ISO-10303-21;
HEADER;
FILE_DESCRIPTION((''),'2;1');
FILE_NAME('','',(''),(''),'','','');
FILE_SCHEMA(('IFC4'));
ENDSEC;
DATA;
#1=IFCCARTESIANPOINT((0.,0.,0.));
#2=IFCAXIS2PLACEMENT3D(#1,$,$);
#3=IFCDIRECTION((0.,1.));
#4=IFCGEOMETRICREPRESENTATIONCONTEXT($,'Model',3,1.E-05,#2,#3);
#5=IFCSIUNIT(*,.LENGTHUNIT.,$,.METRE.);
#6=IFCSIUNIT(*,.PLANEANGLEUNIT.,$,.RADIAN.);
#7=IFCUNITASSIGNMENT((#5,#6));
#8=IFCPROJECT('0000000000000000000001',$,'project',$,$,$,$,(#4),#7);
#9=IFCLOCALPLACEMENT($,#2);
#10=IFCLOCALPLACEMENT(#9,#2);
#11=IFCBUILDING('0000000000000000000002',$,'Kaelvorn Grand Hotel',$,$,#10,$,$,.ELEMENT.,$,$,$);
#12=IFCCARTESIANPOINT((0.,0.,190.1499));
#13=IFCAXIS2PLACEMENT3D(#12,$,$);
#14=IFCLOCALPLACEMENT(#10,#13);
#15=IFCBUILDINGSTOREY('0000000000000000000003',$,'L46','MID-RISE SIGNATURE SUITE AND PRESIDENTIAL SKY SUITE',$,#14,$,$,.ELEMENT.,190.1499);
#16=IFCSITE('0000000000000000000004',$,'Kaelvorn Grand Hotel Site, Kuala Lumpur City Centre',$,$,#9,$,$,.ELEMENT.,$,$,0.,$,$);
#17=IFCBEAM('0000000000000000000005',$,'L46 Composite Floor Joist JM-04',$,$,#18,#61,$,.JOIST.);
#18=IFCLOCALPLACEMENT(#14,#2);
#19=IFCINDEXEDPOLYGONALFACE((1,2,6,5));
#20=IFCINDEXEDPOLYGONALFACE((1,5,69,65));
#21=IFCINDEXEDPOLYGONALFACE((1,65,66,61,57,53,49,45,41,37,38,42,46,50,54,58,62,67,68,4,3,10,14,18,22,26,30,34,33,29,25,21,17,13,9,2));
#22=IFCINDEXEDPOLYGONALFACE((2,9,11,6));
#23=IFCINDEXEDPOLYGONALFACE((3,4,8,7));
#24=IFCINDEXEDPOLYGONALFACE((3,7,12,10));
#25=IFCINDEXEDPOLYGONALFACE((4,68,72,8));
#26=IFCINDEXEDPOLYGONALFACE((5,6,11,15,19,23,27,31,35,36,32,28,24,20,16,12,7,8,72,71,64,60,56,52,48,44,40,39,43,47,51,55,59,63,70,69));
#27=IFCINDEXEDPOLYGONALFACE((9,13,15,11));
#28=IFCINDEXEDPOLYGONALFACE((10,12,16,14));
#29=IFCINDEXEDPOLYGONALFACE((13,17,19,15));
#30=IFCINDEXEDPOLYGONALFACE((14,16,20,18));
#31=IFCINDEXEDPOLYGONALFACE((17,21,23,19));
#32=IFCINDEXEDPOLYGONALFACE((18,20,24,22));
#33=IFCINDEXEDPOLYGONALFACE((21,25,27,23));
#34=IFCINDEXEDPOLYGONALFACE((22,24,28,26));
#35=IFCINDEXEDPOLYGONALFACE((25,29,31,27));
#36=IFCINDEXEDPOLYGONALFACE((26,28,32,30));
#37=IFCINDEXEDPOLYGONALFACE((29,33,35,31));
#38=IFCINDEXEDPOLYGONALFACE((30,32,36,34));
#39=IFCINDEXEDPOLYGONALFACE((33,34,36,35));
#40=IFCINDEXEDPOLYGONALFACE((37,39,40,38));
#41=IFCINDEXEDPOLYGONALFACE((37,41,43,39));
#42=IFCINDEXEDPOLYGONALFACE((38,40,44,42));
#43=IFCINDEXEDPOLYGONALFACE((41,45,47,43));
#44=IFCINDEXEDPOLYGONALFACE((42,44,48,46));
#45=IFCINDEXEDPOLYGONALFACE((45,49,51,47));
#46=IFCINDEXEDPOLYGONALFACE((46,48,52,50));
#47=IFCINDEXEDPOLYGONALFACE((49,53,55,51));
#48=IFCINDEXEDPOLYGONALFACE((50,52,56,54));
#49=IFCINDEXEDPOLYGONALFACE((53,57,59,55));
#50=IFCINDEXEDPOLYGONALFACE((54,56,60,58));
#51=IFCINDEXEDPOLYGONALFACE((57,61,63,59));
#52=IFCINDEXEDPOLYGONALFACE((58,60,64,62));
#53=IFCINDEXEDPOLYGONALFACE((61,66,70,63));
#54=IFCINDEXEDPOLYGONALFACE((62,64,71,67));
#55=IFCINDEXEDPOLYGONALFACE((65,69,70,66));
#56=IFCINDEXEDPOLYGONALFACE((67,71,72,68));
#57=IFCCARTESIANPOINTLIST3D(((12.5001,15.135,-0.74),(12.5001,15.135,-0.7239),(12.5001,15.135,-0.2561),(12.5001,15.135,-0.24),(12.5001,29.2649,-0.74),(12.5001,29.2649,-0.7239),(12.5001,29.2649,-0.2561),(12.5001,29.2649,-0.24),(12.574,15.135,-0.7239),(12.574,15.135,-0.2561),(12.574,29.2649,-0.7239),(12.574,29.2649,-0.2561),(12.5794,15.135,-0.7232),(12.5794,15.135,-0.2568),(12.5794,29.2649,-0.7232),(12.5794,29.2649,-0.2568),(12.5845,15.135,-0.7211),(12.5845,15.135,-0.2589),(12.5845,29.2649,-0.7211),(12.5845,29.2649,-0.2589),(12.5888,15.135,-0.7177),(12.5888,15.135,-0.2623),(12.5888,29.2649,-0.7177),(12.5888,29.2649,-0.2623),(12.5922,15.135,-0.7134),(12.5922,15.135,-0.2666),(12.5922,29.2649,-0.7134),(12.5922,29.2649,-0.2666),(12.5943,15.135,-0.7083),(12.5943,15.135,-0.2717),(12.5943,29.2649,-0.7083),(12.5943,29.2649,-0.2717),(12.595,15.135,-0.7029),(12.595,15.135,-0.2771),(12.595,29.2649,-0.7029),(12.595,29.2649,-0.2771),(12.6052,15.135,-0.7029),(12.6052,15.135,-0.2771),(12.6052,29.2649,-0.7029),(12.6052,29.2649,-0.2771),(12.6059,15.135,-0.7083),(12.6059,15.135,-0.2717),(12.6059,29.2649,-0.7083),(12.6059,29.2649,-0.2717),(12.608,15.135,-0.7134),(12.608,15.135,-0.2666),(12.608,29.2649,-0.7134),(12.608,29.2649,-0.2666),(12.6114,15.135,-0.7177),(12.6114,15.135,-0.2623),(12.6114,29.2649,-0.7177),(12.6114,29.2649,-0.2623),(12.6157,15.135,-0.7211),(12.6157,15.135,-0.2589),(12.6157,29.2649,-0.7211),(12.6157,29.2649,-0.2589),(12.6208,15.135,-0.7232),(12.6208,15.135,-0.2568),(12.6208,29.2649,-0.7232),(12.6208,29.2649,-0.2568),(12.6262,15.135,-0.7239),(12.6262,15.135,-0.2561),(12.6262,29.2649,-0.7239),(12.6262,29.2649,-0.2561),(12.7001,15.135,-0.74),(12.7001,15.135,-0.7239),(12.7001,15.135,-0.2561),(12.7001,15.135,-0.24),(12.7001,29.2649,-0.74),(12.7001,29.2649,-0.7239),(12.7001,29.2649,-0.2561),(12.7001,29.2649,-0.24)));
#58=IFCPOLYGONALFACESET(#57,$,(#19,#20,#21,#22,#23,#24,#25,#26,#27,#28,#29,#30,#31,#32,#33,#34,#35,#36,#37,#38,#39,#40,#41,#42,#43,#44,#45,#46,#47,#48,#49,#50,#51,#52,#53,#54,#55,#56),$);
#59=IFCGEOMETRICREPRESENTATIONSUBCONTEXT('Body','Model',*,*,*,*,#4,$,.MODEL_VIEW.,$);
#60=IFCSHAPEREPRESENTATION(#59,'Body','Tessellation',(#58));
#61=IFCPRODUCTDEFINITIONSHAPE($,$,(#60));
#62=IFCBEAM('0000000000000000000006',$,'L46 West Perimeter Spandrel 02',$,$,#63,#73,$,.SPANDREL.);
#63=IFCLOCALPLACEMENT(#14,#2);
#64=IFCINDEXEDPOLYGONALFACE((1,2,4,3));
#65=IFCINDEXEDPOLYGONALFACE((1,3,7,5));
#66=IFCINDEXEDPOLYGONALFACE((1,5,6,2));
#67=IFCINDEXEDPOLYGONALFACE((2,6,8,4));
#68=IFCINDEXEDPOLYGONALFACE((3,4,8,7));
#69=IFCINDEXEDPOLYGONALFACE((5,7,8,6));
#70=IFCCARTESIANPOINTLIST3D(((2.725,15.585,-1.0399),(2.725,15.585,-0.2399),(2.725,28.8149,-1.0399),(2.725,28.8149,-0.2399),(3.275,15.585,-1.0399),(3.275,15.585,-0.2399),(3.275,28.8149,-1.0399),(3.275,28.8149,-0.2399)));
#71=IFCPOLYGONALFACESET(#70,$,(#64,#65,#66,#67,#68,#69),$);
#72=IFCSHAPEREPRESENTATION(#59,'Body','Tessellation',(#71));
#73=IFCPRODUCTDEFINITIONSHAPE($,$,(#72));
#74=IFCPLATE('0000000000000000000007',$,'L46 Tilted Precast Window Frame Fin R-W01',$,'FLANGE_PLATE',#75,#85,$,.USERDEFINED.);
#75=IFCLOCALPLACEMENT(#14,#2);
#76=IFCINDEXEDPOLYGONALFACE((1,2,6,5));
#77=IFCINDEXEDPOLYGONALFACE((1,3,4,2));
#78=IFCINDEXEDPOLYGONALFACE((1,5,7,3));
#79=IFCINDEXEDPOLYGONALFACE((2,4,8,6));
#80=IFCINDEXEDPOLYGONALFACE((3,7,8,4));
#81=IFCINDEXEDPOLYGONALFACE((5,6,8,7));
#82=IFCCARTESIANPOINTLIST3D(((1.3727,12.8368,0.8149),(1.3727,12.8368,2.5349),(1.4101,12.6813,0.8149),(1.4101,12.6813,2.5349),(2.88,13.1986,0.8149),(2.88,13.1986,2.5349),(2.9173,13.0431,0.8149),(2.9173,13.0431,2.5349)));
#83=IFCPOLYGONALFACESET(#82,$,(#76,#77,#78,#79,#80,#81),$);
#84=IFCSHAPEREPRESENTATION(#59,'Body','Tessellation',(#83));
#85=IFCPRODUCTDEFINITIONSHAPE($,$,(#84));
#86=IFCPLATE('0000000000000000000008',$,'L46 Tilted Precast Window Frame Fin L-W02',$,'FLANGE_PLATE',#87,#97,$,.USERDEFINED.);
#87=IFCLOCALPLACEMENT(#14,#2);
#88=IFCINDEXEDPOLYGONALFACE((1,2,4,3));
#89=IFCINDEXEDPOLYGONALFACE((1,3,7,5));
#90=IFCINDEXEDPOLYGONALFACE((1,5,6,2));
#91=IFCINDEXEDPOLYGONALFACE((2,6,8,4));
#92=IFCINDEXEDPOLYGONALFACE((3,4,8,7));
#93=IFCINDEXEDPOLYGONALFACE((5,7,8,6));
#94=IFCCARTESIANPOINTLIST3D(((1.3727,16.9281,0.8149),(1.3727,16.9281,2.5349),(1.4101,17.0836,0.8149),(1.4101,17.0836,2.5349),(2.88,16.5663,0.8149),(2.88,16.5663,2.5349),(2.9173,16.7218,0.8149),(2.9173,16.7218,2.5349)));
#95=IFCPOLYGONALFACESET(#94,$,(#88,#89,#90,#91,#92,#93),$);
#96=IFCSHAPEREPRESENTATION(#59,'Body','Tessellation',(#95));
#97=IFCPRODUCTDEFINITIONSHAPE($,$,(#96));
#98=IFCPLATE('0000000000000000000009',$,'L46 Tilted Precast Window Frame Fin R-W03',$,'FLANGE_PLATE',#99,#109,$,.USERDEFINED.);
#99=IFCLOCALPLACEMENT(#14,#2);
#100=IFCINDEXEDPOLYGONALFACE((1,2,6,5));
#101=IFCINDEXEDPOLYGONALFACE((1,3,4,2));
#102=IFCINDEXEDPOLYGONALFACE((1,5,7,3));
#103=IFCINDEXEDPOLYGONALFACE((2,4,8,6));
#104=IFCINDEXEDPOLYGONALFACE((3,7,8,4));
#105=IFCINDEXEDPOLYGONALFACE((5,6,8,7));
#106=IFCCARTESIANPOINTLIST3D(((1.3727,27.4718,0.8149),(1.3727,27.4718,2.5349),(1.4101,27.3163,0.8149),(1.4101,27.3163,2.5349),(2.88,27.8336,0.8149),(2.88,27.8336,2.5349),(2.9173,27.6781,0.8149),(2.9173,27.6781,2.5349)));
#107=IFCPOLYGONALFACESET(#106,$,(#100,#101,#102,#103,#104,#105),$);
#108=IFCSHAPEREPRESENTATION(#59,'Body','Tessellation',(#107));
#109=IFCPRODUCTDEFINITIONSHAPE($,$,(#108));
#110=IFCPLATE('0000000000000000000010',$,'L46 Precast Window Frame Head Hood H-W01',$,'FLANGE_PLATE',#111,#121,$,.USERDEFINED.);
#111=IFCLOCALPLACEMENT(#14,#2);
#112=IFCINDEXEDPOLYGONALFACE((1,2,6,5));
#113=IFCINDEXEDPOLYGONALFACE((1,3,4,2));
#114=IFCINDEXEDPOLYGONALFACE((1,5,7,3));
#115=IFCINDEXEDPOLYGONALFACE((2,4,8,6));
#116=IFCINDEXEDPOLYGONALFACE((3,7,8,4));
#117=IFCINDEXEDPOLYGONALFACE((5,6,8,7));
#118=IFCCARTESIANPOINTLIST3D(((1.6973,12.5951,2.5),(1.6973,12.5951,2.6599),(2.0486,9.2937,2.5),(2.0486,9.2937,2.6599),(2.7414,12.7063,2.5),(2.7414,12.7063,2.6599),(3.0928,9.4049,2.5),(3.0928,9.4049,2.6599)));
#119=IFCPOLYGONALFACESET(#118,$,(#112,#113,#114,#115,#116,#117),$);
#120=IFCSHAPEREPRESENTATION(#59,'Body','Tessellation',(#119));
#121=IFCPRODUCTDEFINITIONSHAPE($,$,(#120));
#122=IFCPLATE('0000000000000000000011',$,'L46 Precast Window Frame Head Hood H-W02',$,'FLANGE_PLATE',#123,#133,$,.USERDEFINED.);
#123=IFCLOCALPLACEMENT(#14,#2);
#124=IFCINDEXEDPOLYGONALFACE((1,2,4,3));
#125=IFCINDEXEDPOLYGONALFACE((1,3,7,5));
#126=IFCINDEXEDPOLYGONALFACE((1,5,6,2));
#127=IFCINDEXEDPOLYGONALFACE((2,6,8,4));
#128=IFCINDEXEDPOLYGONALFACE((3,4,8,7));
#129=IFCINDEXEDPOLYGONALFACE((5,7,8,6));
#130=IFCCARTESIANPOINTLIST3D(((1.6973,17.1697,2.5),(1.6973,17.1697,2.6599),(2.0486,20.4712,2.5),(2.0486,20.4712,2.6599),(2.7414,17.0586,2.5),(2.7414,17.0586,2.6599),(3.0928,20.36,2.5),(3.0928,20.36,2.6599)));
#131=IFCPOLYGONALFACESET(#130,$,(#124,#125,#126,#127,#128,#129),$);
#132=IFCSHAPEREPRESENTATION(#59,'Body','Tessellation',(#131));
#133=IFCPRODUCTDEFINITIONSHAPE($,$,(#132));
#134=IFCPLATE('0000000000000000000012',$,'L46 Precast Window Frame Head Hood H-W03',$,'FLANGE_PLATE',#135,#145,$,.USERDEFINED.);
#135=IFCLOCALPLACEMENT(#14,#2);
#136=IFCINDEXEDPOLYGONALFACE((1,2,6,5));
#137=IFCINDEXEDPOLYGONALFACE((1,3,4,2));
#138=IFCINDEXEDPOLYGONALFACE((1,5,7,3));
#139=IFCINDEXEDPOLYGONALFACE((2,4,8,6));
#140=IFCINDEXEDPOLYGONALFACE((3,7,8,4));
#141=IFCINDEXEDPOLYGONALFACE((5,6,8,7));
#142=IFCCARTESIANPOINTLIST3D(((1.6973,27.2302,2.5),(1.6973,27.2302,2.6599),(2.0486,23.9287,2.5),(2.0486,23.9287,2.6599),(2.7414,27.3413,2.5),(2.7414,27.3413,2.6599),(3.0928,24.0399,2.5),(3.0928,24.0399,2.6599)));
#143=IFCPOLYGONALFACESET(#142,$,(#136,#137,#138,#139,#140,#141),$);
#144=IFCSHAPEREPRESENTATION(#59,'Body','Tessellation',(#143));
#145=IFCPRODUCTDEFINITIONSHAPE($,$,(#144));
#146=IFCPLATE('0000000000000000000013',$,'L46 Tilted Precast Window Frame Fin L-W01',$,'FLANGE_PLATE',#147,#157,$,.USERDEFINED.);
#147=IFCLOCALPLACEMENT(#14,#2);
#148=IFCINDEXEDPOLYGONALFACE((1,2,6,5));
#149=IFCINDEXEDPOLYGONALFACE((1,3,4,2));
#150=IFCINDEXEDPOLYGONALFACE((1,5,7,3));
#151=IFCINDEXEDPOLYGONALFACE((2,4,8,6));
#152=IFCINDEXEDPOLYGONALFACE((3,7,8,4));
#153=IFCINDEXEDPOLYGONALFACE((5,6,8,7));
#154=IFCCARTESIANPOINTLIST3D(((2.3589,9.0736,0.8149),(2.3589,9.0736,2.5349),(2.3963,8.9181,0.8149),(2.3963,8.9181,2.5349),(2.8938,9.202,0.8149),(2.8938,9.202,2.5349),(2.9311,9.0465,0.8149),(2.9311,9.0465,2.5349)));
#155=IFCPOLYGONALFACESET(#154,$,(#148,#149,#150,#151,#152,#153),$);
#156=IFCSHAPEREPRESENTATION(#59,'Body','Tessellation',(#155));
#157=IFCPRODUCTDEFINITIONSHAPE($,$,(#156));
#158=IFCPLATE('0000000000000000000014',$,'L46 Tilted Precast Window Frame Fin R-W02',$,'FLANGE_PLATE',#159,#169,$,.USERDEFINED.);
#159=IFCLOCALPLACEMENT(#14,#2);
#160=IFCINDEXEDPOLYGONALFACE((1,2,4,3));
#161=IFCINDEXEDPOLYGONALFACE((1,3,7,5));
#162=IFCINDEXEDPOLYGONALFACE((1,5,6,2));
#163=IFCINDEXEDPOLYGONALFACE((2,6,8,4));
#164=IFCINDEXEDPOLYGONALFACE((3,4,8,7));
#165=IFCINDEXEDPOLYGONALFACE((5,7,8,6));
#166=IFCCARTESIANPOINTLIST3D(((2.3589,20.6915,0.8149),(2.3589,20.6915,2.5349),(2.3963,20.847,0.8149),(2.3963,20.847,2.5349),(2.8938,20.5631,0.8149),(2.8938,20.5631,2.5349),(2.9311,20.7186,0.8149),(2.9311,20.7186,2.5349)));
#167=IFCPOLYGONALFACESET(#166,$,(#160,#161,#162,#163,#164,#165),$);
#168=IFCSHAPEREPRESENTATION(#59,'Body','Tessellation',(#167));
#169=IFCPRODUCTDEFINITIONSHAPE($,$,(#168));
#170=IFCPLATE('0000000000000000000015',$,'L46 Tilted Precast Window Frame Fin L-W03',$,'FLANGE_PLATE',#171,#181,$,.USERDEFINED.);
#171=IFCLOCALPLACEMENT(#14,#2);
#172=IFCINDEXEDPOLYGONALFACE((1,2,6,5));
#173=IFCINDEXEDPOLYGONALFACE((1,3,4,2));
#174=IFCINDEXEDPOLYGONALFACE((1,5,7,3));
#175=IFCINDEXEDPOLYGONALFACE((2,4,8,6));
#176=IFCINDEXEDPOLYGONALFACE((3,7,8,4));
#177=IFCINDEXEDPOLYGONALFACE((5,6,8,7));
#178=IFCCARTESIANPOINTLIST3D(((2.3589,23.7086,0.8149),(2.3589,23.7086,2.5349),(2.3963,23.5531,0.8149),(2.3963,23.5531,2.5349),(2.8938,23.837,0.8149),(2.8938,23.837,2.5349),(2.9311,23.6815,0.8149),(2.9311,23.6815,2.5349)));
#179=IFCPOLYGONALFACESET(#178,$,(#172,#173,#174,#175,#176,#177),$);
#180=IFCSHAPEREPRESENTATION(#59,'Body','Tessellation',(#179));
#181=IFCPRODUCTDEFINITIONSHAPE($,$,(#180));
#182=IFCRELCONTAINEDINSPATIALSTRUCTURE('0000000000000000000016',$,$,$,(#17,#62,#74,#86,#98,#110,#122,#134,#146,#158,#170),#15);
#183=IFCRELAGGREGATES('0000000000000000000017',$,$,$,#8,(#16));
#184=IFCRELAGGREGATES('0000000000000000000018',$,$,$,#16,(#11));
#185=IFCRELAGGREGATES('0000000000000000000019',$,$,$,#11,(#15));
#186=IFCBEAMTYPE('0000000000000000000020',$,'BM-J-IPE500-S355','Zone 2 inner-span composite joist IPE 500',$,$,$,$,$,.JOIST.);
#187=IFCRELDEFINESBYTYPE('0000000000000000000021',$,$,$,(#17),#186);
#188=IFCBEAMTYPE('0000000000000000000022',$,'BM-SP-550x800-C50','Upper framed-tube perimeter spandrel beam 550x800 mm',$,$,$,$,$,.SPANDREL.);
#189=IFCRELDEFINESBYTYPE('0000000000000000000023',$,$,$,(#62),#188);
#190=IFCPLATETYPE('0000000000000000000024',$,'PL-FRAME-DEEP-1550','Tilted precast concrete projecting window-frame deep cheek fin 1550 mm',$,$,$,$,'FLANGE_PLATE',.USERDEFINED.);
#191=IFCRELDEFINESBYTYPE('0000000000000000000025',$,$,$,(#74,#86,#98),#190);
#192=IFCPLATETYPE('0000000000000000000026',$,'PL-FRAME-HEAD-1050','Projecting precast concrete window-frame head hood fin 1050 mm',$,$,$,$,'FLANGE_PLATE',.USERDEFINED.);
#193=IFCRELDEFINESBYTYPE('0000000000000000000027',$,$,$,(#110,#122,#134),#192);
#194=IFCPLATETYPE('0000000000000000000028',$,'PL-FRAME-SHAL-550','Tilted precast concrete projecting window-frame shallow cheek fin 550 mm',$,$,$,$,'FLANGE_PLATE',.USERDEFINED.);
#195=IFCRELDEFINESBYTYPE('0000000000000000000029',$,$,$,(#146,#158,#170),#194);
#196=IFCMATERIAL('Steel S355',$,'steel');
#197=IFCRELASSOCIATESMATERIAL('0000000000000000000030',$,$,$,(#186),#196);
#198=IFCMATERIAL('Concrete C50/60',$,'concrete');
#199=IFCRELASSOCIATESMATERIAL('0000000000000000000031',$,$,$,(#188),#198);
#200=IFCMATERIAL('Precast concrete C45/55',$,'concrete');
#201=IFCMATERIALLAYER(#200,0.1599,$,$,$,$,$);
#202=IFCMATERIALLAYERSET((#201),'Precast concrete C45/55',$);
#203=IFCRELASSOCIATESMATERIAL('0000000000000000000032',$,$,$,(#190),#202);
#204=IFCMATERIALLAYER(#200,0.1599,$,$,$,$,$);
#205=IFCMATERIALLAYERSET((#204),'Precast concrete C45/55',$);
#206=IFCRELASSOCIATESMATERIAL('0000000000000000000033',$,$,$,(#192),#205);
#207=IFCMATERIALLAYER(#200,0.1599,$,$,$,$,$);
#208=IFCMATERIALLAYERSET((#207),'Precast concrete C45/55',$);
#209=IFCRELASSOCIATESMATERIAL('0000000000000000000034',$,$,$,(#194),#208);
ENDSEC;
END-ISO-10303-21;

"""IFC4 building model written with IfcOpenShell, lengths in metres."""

from ifc_helpers import new_model, si_unit, direction, frame, origin, origin_2d, place, context, subcontext, project, spatial, rectangle, i_section, extrude, material, layer, layer_set, material_profile, profile_set, type_object, element, save


model = new_model("IFC4")

# Units and contexts
model_context = context("Model", 3, precision=1e-05, world=origin(), true_north=direction((0.0, 1.0)))
body_context = subcontext(model_context, "Body", "Model", "MODEL_VIEW")
ifc_project = project(units=[si_unit("LENGTHUNIT", "METRE"), si_unit("PLANEANGLEUNIT", "RADIAN")], contexts=[model_context])

# Site, building, storey
site_placement = place(None, origin())
site = spatial("IfcSite", under=ifc_project, at=site_placement, Name="Kaelvorn Grand Hotel Site, Kuala Lumpur City Centre", CompositionType="ELEMENT", RefElevation=0.0)
building_placement = place(site_placement, origin())
building = spatial("IfcBuilding", under=site, at=building_placement, Name="Kaelvorn Grand Hotel", CompositionType="ELEMENT")
storey_placement = place(building_placement, frame((0.0, 0.0, 190.1499)))
storey = spatial("IfcBuildingStorey", under=building, at=storey_placement, Name="L46", Description="MID-RISE SIGNATURE SUITE AND PRESIDENTIAL SKY SUITE", CompositionType="ELEMENT", Elevation=190.1499)

# Beams
ifc_material_1 = material(Name="Steel S355", Category="steel")
ifc_material_profile_1 = material_profile(ifc_material_1, i_section(OverallWidth=0.2, OverallDepth=0.5, WebThickness=0.0103, FlangeThickness=0.0161, FilletRadius=0.021, at=origin_2d()), Name="IPE 500")
ifc_profile_set_1 = profile_set([ifc_material_profile_1], Name="Steel S355")
beam_type_1 = type_object("IfcBeamType", Name="BM-J-IPE500-S355", Description="Zone 2 inner-span composite joist IPE 500", PredefinedType="JOIST", material=ifc_profile_set_1)
beam_1_placement = place(storey_placement, frame((12.6001, 15.135, -0.49), z_axis=(0.0, 1.0, 0.0), x_axis=(-1.0, 0.0, 0.0)))
element("IfcBeam", 1, at=beam_1_placement, inside=storey, type_object=beam_type_1, Name="L46 Composite Floor Joist JM-04", PredefinedType="JOIST", context=body_context, shape_type="SweptSolid", body=[
    extrude(i_section(OverallWidth=0.2, OverallDepth=0.5, WebThickness=0.0103, FlangeThickness=0.0161, FilletRadius=0.021, at=origin_2d()), origin(), (0.0, 0.0, 1.0), 14.1299),
])
ifc_material_2 = material(Name="Concrete C50/60", Category="concrete")
ifc_material_profile_2 = material_profile(ifc_material_2, rectangle(XDim=0.55, YDim=0.8, at=origin_2d()), Name="RC SPANDREL 550x800")
ifc_profile_set_2 = profile_set([ifc_material_profile_2], Name="Concrete C50/60")
beam_type_2 = type_object("IfcBeamType", Name="BM-SP-550x800-C50", Description="Upper framed-tube perimeter spandrel beam 550x800 mm", PredefinedType="SPANDREL", material=ifc_profile_set_2)
beam_2_placement = place(storey_placement, frame((3.0, 15.585, -0.6399), z_axis=(0.0, 1.0, 0.0), x_axis=(-1.0, 0.0, 0.0)))
element("IfcBeam", 2, at=beam_2_placement, inside=storey, type_object=beam_type_2, Name="L46 West Perimeter Spandrel 02", PredefinedType="SPANDREL", context=body_context, shape_type="SweptSolid", body=[
    extrude(rectangle(XDim=0.55, YDim=0.8, at=origin_2d()), origin(), (0.0, 0.0, 1.0), 13.23),
])

# Plates
ifc_material_3 = material(Name="Precast concrete C45/55", Category="concrete")
ifc_layer_1 = layer(ifc_material_3, 0.1599)
ifc_layer_set_1 = layer_set([ifc_layer_1], Name="Precast concrete C45/55")
plate_type_1 = type_object("IfcPlateType", Name="PL-FRAME-DEEP-1550", Description="Tilted precast concrete projecting window-frame deep cheek fin 1550 mm", ElementType="FLANGE_PLATE", PredefinedType="USERDEFINED", material=ifc_layer_set_1)
for number, where, z_axis, x_axis, name in (
    (3, (2.145, 12.9399, 0.8149), (0.0, 0.0, 1.0), (-0.233445, 0.97237, 0.0), "L46 Tilted Precast Window Frame Fin R-W01"),
    (4, (2.145, 16.825, 0.8149), (0.0, 0.0, 1.0), (0.233445, 0.97237, 0.0), "L46 Tilted Precast Window Frame Fin L-W02"),
    (5, (2.145, 27.575, 0.8149), (0.0, 0.0, 1.0), (-0.233445, 0.97237, 0.0), "L46 Tilted Precast Window Frame Fin R-W03"),
):
    element("IfcPlate", number, at=place(storey_placement, frame(where, z_axis=z_axis, x_axis=x_axis)), inside=storey, type_object=plate_type_1, Name=name, ObjectType="FLANGE_PLATE", PredefinedType="USERDEFINED", context=body_context, shape_type="SweptSolid", body=[
        extrude(rectangle(XDim=0.1599, YDim=1.55, at=origin_2d()), origin(), (0.0, 0.0, 1.0), 1.72),
    ])
ifc_layer_2 = layer(ifc_material_3, 0.1599)
ifc_layer_set_2 = layer_set([ifc_layer_2], Name="Precast concrete C45/55")
plate_type_2 = type_object("IfcPlateType", Name="PL-FRAME-HEAD-1050", Description="Projecting precast concrete window-frame head hood fin 1050 mm", ElementType="FLANGE_PLATE", PredefinedType="USERDEFINED", material=ifc_layer_set_2)
for number, where, z_axis, x_axis, name in (
    (6, (2.395, 11.0, 2.5), (0.0, 0.0, 1.0), (-0.10583, 0.994384, 0.0), "L46 Precast Window Frame Head Hood H-W01"),
    (7, (2.395, 18.7649, 2.5), (0.0, 0.0, 1.0), (0.10583, 0.994384, 0.0), "L46 Precast Window Frame Head Hood H-W02"),
    (8, (2.395, 25.635, 2.5), (0.0, 0.0, 1.0), (-0.10583, 0.994384, 0.0), "L46 Precast Window Frame Head Hood H-W03"),
):
    element("IfcPlate", number, at=place(storey_placement, frame(where, z_axis=z_axis, x_axis=x_axis)), inside=storey, type_object=plate_type_2, Name=name, ObjectType="FLANGE_PLATE", PredefinedType="USERDEFINED", context=body_context, shape_type="SweptSolid", body=[
        extrude(rectangle(XDim=3.3201, YDim=1.05, at=origin_2d()), origin(), (0.0, 0.0, 1.0), 0.1599),
    ])
ifc_layer_3 = layer(ifc_material_3, 0.1599)
ifc_layer_set_3 = layer_set([ifc_layer_3], Name="Precast concrete C45/55")
plate_type_3 = type_object("IfcPlateType", Name="PL-FRAME-SHAL-550", Description="Tilted precast concrete projecting window-frame shallow cheek fin 550 mm", ElementType="FLANGE_PLATE", PredefinedType="USERDEFINED", material=ifc_layer_set_3)
for number, where, z_axis, x_axis, name in (
    (9, (2.645, 9.0601, 0.8149), (0.0, 0.0, 1.0), (-0.233445, 0.97237, 0.0), "L46 Tilted Precast Window Frame Fin L-W01"),
    (10, (2.645, 20.7051, 0.8149), (0.0, 0.0, 1.0), (0.233445, 0.97237, 0.0), "L46 Tilted Precast Window Frame Fin R-W02"),
    (11, (2.645, 23.6951, 0.8149), (0.0, 0.0, 1.0), (-0.233445, 0.97237, 0.0), "L46 Tilted Precast Window Frame Fin L-W03"),
):
    element("IfcPlate", number, at=place(storey_placement, frame(where, z_axis=z_axis, x_axis=x_axis)), inside=storey, type_object=plate_type_3, Name=name, ObjectType="FLANGE_PLATE", PredefinedType="USERDEFINED", context=body_context, shape_type="SweptSolid", body=[
        extrude(rectangle(XDim=0.1599, YDim=0.55, at=origin_2d()), origin(), (0.0, 0.0, 1.0), 1.72),
    ])

save(model, "model.ifc")
